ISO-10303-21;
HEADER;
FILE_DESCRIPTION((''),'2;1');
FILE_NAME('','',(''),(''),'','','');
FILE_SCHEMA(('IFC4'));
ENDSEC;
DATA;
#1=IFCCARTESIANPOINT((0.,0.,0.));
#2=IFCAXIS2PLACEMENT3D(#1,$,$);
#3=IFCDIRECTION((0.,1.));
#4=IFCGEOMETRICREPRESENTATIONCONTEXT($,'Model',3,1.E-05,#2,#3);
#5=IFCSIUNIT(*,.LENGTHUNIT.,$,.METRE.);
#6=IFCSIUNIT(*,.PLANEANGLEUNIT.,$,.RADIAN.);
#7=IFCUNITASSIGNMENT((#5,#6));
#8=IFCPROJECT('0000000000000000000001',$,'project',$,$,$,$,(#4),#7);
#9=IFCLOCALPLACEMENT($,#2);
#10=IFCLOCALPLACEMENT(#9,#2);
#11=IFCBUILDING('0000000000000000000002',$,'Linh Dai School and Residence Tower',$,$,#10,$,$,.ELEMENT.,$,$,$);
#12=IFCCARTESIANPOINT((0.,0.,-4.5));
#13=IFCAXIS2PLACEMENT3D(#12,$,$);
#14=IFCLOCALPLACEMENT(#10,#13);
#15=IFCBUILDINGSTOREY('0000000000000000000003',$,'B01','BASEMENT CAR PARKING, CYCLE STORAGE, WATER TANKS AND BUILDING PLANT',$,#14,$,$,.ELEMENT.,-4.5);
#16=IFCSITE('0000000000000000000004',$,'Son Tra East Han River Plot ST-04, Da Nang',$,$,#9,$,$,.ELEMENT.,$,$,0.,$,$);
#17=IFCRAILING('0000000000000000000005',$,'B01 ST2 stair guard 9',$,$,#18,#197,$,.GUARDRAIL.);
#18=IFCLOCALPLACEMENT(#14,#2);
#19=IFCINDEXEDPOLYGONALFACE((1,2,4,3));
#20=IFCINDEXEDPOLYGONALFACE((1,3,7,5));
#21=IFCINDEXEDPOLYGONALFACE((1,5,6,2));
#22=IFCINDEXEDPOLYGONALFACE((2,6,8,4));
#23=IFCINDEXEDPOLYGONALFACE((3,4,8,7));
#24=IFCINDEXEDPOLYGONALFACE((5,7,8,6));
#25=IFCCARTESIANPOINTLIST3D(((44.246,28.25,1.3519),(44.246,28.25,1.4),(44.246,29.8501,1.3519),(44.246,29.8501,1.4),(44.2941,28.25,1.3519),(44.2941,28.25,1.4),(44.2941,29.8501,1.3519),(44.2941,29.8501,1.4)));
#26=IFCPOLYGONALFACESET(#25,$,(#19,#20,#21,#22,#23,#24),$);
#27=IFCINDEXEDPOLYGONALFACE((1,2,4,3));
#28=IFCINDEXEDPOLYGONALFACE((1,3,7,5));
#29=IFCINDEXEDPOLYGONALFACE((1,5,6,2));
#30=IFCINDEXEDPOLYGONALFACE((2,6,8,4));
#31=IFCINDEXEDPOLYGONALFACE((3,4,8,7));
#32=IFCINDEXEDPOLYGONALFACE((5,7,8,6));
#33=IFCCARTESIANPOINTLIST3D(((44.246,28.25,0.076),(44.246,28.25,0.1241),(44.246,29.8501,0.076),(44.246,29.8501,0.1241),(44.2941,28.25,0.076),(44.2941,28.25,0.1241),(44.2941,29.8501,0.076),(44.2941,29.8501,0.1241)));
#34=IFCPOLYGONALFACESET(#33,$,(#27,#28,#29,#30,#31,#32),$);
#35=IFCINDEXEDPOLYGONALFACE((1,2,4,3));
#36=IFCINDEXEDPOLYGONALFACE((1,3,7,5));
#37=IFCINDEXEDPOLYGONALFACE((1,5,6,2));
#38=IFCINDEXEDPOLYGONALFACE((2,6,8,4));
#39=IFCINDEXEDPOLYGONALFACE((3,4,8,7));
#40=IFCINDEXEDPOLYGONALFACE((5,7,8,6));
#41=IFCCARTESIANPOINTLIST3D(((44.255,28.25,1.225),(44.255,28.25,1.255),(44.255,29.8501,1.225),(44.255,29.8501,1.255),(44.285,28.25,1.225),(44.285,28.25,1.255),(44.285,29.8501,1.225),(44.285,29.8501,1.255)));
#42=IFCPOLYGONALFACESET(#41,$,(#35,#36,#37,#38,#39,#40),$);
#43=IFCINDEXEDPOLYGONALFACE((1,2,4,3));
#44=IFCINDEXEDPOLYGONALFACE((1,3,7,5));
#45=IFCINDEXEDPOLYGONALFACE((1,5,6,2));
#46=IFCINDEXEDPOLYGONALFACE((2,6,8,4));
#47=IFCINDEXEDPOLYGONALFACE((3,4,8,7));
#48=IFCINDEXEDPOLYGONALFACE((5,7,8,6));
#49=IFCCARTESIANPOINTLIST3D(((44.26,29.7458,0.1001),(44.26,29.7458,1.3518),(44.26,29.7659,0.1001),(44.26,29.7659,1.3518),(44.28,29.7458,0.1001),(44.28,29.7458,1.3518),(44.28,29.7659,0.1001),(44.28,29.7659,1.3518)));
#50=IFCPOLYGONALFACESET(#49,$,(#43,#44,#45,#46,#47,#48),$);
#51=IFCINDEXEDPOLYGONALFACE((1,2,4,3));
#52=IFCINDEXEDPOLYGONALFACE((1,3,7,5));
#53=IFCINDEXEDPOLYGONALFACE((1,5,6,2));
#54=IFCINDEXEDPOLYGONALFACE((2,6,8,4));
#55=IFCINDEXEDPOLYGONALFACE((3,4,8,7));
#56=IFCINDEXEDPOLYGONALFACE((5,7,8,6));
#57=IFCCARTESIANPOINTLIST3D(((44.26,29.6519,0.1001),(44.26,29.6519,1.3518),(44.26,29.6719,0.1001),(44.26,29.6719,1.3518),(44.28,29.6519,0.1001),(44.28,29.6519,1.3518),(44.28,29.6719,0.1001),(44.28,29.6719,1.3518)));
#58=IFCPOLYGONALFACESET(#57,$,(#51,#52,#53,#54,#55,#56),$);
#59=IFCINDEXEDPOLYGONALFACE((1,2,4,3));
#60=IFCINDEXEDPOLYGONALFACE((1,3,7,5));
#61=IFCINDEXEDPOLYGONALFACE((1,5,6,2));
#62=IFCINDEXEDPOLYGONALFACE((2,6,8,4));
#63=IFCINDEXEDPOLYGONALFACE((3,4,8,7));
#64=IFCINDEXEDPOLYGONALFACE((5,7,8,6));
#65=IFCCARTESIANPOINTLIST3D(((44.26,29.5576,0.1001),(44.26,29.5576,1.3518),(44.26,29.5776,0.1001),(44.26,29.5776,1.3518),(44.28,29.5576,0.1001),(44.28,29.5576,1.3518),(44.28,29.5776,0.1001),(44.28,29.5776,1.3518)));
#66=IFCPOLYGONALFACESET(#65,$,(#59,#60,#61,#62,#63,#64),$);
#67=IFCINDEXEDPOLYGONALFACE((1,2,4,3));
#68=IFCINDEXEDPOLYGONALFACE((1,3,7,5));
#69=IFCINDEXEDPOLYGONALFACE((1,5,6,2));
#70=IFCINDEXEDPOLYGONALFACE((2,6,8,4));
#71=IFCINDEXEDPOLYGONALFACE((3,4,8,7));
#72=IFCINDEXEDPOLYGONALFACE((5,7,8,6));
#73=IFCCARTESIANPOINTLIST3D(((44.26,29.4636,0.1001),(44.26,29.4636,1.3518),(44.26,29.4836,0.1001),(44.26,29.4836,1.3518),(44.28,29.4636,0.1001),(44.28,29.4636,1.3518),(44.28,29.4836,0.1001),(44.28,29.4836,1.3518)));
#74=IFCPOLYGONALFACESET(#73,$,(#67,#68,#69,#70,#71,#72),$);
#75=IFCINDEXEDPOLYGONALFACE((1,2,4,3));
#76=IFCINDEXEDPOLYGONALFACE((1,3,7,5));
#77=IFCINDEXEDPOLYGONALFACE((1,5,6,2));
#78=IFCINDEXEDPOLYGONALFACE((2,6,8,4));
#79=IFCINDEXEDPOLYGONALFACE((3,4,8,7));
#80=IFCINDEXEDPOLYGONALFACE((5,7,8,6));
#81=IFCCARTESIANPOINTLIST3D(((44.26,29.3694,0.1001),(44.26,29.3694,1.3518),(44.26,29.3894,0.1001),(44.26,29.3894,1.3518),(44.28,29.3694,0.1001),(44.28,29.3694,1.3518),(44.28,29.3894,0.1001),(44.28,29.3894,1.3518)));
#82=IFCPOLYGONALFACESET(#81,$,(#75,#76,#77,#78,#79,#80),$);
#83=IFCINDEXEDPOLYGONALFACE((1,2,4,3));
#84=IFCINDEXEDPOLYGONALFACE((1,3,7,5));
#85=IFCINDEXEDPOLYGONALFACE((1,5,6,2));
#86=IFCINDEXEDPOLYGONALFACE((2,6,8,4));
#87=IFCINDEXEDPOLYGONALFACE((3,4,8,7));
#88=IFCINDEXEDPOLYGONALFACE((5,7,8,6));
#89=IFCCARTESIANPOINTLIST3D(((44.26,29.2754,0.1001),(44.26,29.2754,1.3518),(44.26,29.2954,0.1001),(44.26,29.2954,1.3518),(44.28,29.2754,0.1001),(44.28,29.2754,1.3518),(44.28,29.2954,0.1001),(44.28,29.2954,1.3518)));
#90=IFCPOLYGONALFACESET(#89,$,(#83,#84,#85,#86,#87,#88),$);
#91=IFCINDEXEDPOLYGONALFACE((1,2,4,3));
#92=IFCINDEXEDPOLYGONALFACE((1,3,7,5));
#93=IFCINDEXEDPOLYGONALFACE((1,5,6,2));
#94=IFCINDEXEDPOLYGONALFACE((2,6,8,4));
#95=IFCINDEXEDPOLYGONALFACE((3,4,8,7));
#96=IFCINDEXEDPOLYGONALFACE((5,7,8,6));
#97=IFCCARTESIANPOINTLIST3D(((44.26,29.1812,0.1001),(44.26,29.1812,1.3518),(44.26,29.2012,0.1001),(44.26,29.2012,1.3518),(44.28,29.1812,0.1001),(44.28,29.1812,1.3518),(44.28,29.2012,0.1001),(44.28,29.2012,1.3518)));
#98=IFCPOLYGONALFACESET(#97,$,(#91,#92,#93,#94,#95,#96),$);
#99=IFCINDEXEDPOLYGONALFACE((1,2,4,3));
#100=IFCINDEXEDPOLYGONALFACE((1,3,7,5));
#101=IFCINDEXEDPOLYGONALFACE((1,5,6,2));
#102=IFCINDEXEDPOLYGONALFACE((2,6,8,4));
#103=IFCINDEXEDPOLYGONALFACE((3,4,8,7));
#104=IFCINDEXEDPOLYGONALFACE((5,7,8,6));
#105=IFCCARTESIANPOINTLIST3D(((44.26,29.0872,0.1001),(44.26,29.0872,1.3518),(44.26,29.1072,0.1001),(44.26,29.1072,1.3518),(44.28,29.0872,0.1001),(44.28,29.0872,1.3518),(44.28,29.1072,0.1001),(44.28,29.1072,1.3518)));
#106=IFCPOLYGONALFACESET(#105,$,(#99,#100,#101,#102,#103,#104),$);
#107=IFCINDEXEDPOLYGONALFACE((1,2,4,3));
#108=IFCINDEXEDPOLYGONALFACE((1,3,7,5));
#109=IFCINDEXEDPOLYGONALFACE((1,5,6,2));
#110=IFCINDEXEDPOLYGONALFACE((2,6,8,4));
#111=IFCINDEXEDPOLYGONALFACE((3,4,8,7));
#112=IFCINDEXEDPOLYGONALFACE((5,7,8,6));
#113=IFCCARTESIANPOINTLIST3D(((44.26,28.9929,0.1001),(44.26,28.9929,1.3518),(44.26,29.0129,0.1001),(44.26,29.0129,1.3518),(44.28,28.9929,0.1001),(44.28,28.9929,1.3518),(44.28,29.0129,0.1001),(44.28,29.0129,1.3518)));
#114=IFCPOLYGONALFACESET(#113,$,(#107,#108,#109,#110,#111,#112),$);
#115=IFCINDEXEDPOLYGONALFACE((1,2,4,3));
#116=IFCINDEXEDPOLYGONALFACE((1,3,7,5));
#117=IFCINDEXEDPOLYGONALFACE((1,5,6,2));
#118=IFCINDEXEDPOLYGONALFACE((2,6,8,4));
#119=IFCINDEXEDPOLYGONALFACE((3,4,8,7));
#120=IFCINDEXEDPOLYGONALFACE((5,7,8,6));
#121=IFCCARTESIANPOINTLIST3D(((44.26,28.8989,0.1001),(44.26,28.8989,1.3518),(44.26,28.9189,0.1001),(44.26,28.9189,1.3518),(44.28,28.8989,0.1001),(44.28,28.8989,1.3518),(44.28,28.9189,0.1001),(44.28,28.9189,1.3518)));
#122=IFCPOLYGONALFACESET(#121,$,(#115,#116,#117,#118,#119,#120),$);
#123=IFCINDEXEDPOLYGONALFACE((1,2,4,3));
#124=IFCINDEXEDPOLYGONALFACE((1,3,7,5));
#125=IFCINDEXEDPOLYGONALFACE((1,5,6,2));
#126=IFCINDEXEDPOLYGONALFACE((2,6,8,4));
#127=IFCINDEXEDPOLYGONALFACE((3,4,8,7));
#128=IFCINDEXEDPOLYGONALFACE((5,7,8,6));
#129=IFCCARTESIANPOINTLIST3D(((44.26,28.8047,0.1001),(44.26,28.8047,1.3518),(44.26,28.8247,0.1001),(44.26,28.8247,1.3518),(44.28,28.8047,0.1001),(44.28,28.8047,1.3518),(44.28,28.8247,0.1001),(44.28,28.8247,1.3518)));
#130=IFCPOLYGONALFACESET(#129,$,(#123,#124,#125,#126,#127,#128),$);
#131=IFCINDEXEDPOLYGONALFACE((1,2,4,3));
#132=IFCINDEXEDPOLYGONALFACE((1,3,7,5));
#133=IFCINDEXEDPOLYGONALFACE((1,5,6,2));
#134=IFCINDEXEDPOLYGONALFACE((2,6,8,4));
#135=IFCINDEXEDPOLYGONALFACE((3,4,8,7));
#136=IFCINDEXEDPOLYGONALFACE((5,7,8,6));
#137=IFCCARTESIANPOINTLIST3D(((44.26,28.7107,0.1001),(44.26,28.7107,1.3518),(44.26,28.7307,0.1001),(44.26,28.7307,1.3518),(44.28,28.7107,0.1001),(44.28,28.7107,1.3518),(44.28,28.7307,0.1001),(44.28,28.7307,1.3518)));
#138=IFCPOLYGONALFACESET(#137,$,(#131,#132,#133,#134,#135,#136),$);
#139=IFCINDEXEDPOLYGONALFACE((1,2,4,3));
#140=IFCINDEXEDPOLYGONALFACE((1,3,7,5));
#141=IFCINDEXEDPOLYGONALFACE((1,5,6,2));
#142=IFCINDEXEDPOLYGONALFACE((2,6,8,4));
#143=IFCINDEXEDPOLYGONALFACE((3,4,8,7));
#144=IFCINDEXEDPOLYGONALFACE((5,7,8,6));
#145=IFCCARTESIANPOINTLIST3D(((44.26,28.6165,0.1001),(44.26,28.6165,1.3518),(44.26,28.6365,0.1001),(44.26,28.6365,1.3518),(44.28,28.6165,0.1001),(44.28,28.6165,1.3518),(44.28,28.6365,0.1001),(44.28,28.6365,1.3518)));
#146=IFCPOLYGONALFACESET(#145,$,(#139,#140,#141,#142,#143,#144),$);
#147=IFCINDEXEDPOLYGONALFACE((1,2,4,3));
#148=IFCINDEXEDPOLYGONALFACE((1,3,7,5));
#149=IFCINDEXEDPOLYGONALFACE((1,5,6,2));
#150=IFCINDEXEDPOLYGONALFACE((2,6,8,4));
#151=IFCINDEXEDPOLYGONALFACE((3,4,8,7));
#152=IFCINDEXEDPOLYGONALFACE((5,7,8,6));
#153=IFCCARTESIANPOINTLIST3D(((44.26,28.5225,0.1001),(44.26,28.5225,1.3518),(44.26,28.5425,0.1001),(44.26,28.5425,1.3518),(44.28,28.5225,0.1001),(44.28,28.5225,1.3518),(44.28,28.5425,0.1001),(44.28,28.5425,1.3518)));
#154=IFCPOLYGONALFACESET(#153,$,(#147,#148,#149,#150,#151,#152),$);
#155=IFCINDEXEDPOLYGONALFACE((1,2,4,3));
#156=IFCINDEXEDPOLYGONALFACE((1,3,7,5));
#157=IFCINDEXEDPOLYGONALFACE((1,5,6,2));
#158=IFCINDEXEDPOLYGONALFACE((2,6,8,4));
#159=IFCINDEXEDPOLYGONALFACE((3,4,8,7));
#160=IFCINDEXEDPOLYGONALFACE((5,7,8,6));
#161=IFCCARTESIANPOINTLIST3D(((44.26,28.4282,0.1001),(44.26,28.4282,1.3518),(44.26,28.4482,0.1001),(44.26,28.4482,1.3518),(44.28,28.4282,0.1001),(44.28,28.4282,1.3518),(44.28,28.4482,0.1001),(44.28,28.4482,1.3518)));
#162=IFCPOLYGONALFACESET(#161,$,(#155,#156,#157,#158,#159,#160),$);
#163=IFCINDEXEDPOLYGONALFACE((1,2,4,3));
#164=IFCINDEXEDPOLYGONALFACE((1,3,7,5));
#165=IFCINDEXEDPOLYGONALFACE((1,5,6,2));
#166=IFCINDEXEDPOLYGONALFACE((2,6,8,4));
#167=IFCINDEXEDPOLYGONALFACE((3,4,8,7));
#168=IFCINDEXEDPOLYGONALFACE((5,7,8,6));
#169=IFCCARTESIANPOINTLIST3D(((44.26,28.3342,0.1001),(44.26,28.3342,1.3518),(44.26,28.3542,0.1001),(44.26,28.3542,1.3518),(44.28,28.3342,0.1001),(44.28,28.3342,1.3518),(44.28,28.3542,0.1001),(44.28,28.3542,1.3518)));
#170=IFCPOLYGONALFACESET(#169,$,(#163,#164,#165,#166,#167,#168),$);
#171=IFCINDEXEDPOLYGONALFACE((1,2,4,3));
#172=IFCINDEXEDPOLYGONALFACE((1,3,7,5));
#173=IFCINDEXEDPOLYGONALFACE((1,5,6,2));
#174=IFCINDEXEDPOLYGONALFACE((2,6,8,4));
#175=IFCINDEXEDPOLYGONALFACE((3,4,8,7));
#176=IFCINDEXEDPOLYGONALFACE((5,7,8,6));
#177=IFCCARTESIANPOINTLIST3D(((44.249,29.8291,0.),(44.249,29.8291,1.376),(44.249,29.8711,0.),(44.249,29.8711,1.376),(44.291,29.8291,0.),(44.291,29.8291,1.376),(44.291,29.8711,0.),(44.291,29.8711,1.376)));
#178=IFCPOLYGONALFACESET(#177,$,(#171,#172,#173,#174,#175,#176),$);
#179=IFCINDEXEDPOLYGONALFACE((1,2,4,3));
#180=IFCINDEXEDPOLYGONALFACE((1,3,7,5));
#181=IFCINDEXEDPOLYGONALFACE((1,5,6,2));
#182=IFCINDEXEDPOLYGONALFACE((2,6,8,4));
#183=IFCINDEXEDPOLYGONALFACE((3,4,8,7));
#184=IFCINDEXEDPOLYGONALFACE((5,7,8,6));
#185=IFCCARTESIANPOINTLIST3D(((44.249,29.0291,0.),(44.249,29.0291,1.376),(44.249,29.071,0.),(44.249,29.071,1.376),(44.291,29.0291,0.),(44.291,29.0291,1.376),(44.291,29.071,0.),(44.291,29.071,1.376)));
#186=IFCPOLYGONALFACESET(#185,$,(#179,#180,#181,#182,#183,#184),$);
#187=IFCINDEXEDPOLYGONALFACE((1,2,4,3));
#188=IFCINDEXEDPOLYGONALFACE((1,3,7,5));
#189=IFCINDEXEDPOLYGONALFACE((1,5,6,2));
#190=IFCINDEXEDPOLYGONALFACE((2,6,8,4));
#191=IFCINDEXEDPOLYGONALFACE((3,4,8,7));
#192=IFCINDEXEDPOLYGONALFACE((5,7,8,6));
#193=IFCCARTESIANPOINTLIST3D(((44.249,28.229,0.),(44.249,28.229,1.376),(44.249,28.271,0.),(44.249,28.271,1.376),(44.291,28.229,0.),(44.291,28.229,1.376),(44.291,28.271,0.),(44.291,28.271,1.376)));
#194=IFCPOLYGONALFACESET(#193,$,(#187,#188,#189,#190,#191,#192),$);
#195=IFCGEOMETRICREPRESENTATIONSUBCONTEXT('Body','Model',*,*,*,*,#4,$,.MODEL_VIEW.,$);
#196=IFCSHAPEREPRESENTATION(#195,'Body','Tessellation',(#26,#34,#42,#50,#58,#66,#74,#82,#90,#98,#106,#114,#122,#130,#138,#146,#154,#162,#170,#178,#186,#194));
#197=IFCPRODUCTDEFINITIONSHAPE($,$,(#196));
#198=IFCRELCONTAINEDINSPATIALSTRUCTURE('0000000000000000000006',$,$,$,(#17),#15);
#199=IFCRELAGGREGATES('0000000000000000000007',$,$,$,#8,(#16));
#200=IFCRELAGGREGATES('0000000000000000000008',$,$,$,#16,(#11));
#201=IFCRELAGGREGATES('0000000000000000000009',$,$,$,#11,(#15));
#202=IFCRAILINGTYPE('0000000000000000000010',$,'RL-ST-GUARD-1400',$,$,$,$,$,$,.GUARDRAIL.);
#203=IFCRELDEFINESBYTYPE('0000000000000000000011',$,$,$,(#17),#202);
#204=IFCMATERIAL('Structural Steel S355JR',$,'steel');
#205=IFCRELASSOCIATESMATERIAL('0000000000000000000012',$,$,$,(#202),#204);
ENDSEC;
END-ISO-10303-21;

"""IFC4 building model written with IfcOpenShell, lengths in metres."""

from ifc_helpers import new_model, si_unit, direction, frame, origin, origin_2d, place, context, subcontext, project, spatial, rectangle, extrude, source, transform, mapped, material, type_object, element, save


model = new_model("IFC4")

# Units and contexts
model_context = context("Model", 3, precision=1e-05, world=origin(), true_north=direction((0.0, 1.0)))
body_context = subcontext(model_context, "Body", "Model", "MODEL_VIEW")
ifc_project = project(units=[si_unit("LENGTHUNIT", "METRE"), si_unit("PLANEANGLEUNIT", "RADIAN")], contexts=[model_context])

# Site, building, storey
site_placement = place(None, origin())
site = spatial("IfcSite", under=ifc_project, at=site_placement, Name="Son Tra East Han River Plot ST-04, Da Nang", CompositionType="ELEMENT", RefElevation=0.0)
building_placement = place(site_placement, origin())
building = spatial("IfcBuilding", under=site, at=building_placement, Name="Linh Dai School and Residence Tower", CompositionType="ELEMENT")
storey_placement = place(building_placement, frame((0.0, 0.0, -4.5)))
storey = spatial("IfcBuildingStorey", under=building, at=storey_placement, Name="B01", Description="BASEMENT CAR PARKING, CYCLE STORAGE, WATER TANKS AND BUILDING PLANT", CompositionType="ELEMENT", Elevation=-4.5)

# Shared definitions
ifc_material_1 = material(Name="Structural Steel S355JR", Category="steel")

# Railing
railing_type_1 = type_object("IfcRailingType", Name="RL-ST-GUARD-1400", PredefinedType="GUARDRAIL", material=ifc_material_1)
shared_shape_1 = source(origin(), body_context, "Body", "SweptSolid", [
    extrude(rectangle(XDim=0.0481, YDim=0.0481, at=origin_2d()), frame((0.0, 0.0, 1.376), z_axis=(0.0, -1.0, 0.0), x_axis=(1.0, 0.0, 0.0)), (0.0, 0.0, 1.0), 1.6001),
    extrude(rectangle(XDim=0.0481, YDim=0.0481, at=origin_2d()), frame((0.0, 0.0, 0.1001), z_axis=(0.0, -1.0, 0.0), x_axis=(1.0, 0.0, 0.0)), (0.0, 0.0, 1.0), 1.6001),
    extrude(rectangle(XDim=0.03, YDim=0.03, at=origin_2d()), frame((0.0, 0.0, 1.24), z_axis=(0.0, -1.0, 0.0), x_axis=(1.0, 0.0, 0.0)), (0.0, 0.0, 1.0), 1.6001),
    extrude(rectangle(XDim=0.02, YDim=0.02, at=origin_2d()), frame((0.0, -0.0942, 0.1001)), (0.0, 0.0, 1.0), 1.2517),
    extrude(rectangle(XDim=0.02, YDim=0.02, at=origin_2d()), frame((0.0, -0.1882, 0.1001)), (0.0, 0.0, 1.0), 1.2517),
    extrude(rectangle(XDim=0.02, YDim=0.02, at=origin_2d()), frame((0.0, -0.2825, 0.1001)), (0.0, 0.0, 1.0), 1.2517),
    extrude(rectangle(XDim=0.02, YDim=0.02, at=origin_2d()), frame((0.0, -0.3765, 0.1001)), (0.0, 0.0, 1.0), 1.2517),
    extrude(rectangle(XDim=0.02, YDim=0.02, at=origin_2d()), frame((0.0, -0.4707, 0.1001)), (0.0, 0.0, 1.0), 1.2517),
    extrude(rectangle(XDim=0.02, YDim=0.02, at=origin_2d()), frame((0.0, -0.5647, 0.1001)), (0.0, 0.0, 1.0), 1.2517),
    extrude(rectangle(XDim=0.02, YDim=0.02, at=origin_2d()), frame((0.0, -0.6589, 0.1001)), (0.0, 0.0, 1.0), 1.2517),
    extrude(rectangle(XDim=0.02, YDim=0.02, at=origin_2d()), frame((0.0, -0.7529, 0.1001)), (0.0, 0.0, 1.0), 1.2517),
    extrude(rectangle(XDim=0.02, YDim=0.02, at=origin_2d()), frame((0.0, -0.8472, 0.1001)), (0.0, 0.0, 1.0), 1.2517),
    extrude(rectangle(XDim=0.02, YDim=0.02, at=origin_2d()), frame((0.0, -0.9412, 0.1001)), (0.0, 0.0, 1.0), 1.2517),
    extrude(rectangle(XDim=0.02, YDim=0.02, at=origin_2d()), frame((0.0, -1.0354, 0.1001)), (0.0, 0.0, 1.0), 1.2517),
    extrude(rectangle(XDim=0.02, YDim=0.02, at=origin_2d()), frame((0.0, -1.1294, 0.1001)), (0.0, 0.0, 1.0), 1.2517),
    extrude(rectangle(XDim=0.02, YDim=0.02, at=origin_2d()), frame((0.0, -1.2236, 0.1001)), (0.0, 0.0, 1.0), 1.2517),
    extrude(rectangle(XDim=0.02, YDim=0.02, at=origin_2d()), frame((0.0, -1.3176, 0.1001)), (0.0, 0.0, 1.0), 1.2517),
    extrude(rectangle(XDim=0.02, YDim=0.02, at=origin_2d()), frame((0.0, -1.4119, 0.1001)), (0.0, 0.0, 1.0), 1.2517),
    extrude(rectangle(XDim=0.02, YDim=0.02, at=origin_2d()), frame((0.0, -1.5059, 0.1001)), (0.0, 0.0, 1.0), 1.2517),
    extrude(rectangle(XDim=0.042, YDim=0.042, at=origin_2d()), origin(), (0.0, 0.0, 1.0), 1.376),
    extrude(rectangle(XDim=0.042, YDim=0.042, at=origin_2d()), frame((0.0, -0.8, 0.0)), (0.0, 0.0, 1.0), 1.376),
    extrude(rectangle(XDim=0.042, YDim=0.042, at=origin_2d()), frame((0.0, -1.6001, 0.0)), (0.0, 0.0, 1.0), 1.376),
])
for number, where, name in (
    (1, (44.27, 29.8501, 0.0), "B01 ST2 stair guard 9"),
):
    element("IfcRailing", number, at=place(storey_placement, frame(where)), inside=storey, type_object=railing_type_1, Name=name, PredefinedType="GUARDRAIL", context=body_context, shape_type="MappedRepresentation", body=[
        mapped(shared_shape_1, transform((0.0, 0.0, 0.0), x_axis=(1.0, 0.0, 0.0), y_axis=(0.0, 1.0, 0.0), z_axis=(0.0, 0.0, 1.0), scale=1.0)),
    ])

save(model, "model.ifc")
